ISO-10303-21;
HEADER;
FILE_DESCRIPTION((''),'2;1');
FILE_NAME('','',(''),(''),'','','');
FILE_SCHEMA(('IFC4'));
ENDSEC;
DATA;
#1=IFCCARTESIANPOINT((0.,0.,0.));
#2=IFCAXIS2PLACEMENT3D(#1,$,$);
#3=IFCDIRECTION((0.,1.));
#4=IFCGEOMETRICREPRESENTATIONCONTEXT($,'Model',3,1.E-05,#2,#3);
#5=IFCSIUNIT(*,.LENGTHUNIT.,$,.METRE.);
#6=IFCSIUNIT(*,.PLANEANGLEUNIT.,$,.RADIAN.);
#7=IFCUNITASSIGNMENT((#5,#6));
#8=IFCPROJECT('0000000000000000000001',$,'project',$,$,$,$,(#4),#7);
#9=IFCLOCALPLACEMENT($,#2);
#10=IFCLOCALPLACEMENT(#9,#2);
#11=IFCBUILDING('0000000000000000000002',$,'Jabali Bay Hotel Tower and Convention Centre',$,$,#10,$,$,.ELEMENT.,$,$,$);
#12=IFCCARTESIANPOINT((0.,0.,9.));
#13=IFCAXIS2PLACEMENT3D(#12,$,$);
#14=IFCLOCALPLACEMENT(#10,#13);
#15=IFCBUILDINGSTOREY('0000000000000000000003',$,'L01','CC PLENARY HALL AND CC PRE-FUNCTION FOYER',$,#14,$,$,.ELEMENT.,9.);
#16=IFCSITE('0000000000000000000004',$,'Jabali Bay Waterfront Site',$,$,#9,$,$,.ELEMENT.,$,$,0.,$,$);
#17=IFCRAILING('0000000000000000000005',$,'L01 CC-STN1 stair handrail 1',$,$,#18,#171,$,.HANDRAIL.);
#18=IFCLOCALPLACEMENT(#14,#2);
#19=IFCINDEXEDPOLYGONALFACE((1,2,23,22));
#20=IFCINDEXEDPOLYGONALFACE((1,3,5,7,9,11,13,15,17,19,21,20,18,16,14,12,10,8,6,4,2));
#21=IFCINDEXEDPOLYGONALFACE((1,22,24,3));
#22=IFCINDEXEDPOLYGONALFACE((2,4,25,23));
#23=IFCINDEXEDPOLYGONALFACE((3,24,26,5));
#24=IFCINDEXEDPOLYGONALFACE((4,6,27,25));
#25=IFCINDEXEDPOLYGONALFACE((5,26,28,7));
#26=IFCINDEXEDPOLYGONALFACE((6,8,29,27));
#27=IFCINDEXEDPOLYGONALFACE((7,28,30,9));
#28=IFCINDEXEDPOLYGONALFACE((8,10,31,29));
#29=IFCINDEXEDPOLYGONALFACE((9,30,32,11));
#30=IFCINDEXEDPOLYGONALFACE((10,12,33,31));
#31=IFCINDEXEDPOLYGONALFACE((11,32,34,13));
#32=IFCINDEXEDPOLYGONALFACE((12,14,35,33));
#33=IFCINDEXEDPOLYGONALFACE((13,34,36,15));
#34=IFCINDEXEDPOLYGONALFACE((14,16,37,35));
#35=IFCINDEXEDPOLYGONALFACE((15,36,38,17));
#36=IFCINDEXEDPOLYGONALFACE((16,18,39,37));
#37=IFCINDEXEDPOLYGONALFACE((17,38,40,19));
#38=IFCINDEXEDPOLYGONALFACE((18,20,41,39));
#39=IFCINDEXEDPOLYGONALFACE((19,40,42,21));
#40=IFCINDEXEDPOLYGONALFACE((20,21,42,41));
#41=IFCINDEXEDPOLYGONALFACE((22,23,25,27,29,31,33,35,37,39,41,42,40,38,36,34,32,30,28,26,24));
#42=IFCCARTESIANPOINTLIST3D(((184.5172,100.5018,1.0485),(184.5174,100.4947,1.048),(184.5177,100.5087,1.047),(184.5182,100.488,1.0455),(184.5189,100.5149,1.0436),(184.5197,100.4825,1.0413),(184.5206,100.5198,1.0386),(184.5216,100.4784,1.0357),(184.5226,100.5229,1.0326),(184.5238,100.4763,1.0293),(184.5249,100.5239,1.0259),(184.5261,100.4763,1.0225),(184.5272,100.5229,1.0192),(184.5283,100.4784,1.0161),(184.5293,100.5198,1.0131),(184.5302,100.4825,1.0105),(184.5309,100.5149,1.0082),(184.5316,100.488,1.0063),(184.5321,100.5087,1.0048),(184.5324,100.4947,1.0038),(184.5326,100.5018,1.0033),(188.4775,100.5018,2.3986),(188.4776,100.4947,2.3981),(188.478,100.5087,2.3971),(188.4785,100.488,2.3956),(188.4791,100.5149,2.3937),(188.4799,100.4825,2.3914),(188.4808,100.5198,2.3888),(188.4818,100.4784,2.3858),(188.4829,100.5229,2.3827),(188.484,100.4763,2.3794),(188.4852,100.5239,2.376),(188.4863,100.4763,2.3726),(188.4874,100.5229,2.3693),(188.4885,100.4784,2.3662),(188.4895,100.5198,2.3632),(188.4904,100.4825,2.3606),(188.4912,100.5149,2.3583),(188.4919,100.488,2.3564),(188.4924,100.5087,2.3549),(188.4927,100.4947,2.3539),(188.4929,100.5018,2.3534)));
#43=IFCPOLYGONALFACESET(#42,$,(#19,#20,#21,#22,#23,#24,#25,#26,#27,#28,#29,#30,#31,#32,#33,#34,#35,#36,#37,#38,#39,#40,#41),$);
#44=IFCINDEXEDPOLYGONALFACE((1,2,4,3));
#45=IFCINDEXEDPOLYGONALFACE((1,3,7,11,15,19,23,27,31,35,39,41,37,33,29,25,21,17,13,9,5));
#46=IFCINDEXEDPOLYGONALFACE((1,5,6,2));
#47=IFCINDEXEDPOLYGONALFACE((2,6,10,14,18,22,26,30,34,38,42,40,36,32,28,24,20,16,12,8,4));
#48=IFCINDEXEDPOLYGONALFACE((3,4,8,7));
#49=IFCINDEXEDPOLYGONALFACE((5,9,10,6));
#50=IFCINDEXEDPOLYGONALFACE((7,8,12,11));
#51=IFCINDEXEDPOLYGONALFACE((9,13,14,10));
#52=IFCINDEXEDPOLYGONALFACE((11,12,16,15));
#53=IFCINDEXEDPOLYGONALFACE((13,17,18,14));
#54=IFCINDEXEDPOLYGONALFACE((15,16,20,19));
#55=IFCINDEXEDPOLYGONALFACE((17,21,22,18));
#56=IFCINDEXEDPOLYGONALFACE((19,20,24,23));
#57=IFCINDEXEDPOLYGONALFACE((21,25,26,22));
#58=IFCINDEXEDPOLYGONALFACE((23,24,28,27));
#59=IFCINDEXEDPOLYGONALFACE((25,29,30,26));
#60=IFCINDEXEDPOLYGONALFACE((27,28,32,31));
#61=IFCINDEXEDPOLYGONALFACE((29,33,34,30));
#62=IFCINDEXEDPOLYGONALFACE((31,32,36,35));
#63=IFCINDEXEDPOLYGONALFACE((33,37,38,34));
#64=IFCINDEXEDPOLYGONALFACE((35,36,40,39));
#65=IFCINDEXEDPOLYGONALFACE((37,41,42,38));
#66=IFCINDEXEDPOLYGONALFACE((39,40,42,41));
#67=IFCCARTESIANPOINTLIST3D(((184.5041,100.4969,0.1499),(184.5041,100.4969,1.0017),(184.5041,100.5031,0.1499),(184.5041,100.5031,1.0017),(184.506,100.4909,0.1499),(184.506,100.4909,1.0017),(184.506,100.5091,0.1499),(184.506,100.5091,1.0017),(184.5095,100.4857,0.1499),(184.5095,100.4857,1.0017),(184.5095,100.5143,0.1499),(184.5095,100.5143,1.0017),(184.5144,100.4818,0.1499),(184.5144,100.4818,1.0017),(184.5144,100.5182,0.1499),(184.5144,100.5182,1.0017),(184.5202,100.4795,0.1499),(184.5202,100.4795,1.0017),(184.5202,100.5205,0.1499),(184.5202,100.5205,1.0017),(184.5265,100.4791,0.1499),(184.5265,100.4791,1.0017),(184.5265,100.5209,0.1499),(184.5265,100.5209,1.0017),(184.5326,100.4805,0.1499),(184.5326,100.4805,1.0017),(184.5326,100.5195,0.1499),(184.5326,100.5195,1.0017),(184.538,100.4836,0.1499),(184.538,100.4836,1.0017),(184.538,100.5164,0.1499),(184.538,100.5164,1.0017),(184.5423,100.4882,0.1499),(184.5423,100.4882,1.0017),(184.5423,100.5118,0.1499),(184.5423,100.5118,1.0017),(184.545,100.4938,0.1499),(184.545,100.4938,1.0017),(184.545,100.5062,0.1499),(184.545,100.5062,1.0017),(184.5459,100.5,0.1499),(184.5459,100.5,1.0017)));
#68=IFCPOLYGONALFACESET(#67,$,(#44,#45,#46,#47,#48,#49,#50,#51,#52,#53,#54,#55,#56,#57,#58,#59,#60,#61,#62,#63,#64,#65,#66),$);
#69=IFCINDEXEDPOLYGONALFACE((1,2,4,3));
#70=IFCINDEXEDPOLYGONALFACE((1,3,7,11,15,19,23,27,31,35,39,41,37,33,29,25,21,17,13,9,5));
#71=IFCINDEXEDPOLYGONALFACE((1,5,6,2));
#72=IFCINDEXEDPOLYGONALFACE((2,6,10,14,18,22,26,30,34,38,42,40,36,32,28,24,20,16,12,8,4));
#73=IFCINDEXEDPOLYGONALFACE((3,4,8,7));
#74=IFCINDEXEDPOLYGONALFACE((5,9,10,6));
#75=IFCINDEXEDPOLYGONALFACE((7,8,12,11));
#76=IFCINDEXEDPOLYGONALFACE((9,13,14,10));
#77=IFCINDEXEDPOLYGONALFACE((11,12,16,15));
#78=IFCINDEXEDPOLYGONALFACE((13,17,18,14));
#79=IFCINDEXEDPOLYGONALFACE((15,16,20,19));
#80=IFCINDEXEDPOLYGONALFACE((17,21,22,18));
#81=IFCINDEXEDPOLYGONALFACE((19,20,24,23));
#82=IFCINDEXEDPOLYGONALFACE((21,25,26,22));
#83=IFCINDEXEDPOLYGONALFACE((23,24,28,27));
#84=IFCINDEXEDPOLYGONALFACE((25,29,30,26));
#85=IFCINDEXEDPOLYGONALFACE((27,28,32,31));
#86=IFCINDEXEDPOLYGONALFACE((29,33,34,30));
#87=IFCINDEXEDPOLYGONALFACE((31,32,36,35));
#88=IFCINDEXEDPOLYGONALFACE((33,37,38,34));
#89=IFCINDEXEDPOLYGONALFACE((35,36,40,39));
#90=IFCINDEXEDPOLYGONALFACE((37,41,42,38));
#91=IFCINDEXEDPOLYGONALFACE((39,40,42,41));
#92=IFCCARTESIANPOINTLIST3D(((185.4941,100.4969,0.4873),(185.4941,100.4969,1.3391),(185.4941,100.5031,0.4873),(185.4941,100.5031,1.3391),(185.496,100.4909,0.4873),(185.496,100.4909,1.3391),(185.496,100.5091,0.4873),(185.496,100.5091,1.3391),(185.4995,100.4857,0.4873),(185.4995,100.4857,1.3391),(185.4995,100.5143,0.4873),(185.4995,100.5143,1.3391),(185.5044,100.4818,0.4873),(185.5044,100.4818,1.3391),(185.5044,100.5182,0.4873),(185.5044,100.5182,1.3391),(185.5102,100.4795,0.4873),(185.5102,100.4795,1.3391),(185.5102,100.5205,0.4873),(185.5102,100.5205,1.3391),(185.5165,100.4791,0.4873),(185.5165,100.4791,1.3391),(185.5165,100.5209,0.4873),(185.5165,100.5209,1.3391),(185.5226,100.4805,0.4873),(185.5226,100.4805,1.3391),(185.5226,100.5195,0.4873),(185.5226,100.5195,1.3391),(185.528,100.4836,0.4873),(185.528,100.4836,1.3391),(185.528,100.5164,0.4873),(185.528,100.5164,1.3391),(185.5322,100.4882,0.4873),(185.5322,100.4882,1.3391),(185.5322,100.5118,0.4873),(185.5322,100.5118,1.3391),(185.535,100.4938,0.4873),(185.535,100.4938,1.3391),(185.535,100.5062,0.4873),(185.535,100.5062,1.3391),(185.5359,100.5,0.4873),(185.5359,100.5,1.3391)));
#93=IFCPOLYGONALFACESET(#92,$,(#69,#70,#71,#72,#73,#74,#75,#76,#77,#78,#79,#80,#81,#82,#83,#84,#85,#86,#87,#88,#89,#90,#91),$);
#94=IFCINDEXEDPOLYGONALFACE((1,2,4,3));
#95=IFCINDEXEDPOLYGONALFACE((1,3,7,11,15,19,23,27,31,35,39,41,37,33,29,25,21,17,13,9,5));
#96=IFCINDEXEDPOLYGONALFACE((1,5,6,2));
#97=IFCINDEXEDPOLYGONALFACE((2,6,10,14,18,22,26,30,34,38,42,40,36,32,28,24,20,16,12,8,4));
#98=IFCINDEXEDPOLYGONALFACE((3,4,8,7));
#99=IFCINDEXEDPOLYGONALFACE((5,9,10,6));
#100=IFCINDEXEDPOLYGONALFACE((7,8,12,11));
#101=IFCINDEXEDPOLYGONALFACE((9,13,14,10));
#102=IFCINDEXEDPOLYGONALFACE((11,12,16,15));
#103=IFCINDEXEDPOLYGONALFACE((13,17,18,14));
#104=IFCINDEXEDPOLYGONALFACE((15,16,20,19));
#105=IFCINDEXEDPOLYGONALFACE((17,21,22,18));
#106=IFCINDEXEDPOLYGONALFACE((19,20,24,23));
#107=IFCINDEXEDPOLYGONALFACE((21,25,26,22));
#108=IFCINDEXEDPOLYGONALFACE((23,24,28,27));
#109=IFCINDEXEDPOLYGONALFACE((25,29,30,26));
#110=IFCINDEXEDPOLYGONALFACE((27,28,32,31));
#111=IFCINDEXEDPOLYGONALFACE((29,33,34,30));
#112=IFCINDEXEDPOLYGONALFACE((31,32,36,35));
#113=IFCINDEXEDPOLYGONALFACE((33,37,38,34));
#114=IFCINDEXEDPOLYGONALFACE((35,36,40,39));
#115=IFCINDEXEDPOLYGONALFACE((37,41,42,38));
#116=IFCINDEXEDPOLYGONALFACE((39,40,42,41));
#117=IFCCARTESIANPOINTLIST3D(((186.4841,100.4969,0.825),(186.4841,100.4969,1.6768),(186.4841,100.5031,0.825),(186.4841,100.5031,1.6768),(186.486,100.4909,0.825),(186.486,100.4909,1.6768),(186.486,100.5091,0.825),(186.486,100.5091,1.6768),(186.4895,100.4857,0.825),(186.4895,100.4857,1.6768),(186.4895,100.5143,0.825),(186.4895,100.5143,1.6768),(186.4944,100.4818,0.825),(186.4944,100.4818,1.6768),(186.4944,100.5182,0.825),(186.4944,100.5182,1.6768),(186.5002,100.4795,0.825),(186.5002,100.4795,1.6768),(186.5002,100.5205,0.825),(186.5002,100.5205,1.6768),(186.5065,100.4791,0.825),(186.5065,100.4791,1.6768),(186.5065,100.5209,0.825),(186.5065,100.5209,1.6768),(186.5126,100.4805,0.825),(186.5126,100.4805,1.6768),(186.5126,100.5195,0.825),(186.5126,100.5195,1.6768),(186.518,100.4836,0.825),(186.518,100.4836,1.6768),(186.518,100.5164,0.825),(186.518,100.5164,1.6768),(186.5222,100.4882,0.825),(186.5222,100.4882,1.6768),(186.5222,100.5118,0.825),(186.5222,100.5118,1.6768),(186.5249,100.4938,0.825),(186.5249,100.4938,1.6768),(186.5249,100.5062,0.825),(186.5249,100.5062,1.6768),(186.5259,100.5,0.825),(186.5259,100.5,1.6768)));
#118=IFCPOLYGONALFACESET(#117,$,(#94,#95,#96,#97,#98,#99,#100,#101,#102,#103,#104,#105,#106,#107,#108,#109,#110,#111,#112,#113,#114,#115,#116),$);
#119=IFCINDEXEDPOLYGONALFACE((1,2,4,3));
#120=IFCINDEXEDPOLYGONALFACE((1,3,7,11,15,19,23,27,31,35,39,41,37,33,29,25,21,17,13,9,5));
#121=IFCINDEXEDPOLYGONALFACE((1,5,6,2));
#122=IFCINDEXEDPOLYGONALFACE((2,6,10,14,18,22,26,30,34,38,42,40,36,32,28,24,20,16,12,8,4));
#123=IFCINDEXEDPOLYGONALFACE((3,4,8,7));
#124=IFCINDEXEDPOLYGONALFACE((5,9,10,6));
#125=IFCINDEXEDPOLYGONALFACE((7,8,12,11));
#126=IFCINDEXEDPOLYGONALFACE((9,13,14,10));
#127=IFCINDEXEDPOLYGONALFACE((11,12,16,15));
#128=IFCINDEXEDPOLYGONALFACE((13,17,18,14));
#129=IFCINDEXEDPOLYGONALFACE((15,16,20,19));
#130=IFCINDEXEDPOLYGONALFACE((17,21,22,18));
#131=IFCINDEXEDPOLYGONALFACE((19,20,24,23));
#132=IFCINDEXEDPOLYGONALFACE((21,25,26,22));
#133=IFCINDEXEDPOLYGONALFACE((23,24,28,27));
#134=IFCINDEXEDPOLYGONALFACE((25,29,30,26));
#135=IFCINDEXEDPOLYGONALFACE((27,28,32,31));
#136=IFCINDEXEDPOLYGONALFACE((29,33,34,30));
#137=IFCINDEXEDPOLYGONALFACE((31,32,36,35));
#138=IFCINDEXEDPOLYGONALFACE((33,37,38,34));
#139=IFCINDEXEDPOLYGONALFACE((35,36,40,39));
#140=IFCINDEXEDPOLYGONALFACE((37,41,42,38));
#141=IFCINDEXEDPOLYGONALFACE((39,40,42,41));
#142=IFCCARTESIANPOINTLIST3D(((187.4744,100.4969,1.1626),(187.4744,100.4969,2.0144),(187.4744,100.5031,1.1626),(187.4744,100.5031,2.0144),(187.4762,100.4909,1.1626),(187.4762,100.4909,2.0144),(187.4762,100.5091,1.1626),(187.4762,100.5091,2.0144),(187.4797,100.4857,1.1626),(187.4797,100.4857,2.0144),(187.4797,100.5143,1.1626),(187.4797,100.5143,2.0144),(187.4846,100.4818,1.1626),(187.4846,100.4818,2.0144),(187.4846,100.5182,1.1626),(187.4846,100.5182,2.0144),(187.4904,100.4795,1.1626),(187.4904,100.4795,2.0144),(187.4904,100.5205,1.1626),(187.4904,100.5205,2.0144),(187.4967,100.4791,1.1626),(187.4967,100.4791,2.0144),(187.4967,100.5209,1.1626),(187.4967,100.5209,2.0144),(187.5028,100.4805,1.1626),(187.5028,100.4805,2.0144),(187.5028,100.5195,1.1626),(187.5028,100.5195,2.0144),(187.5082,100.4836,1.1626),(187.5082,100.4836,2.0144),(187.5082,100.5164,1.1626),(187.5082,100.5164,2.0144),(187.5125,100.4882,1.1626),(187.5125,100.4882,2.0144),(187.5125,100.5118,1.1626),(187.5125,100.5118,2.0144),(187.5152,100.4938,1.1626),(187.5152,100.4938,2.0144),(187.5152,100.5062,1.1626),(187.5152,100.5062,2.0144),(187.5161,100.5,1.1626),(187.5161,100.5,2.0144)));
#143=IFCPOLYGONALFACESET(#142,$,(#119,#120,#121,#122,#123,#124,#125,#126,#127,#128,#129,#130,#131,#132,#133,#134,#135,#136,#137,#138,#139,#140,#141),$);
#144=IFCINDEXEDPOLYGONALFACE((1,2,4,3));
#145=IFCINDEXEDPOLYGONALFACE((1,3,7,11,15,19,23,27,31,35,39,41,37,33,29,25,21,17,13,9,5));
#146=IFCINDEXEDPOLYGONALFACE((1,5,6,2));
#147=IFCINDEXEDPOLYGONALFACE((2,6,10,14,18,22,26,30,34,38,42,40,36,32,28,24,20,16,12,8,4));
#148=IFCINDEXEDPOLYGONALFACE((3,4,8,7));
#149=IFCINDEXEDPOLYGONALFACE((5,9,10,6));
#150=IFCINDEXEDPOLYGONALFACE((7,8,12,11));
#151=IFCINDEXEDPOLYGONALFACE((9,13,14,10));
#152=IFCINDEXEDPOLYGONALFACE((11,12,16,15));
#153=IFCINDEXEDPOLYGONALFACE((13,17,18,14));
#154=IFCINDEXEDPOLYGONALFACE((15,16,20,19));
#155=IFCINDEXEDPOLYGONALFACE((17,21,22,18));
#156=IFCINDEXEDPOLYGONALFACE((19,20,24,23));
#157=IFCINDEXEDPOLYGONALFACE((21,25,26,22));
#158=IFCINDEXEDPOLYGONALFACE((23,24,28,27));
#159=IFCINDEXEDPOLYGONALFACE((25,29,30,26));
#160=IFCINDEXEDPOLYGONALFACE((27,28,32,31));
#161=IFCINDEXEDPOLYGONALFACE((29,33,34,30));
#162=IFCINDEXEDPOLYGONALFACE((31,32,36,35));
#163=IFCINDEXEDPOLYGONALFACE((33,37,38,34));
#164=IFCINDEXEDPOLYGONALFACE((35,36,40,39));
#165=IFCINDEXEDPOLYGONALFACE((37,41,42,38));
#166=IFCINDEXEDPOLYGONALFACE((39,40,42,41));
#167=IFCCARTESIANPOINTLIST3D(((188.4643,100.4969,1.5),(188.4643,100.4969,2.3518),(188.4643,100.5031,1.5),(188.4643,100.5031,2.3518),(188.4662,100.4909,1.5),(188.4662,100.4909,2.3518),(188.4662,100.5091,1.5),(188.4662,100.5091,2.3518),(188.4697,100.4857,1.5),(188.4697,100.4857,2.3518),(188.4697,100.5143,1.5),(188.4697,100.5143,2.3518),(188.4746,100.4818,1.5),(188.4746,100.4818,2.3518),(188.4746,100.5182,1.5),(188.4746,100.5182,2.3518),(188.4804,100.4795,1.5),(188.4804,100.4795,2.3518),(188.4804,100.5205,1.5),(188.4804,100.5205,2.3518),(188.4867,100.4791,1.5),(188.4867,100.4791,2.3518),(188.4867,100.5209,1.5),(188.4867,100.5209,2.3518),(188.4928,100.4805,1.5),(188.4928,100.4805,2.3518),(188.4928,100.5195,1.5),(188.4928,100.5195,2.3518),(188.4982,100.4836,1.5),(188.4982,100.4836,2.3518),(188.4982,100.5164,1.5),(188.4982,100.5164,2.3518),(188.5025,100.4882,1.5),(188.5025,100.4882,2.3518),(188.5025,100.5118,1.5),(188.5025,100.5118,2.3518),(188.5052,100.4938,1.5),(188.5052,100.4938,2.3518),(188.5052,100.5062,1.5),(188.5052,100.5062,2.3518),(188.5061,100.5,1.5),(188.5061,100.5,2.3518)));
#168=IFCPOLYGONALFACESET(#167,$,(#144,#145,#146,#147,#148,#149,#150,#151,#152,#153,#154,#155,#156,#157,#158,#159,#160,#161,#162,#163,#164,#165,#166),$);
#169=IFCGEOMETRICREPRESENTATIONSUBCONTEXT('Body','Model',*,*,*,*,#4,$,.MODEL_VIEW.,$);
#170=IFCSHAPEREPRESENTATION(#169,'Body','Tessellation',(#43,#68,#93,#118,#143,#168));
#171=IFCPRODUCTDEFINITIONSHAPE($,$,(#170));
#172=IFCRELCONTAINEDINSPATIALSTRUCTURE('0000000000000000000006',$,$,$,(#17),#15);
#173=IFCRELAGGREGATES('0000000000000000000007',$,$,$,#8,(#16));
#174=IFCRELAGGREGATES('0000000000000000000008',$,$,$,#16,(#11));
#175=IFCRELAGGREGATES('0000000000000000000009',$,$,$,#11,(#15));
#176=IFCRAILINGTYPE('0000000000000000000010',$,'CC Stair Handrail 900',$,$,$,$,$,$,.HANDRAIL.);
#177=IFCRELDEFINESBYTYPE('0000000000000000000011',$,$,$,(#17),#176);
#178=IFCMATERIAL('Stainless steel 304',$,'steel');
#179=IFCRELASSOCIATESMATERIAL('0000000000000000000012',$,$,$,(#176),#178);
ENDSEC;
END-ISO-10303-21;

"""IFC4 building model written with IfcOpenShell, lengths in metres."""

from ifc_helpers import new_model, si_unit, direction, frame, origin, origin_2d, place, context, subcontext, project, spatial, circle, extrude, material, type_object, element, save


model = new_model("IFC4")

# Units and contexts
model_context = context("Model", 3, precision=1e-05, world=origin(), true_north=direction((0.0, 1.0)))
body_context = subcontext(model_context, "Body", "Model", "MODEL_VIEW")
ifc_project = project(units=[si_unit("LENGTHUNIT", "METRE"), si_unit("PLANEANGLEUNIT", "RADIAN")], contexts=[model_context])

# Site, building, storey
site_placement = place(None, origin())
site = spatial("IfcSite", under=ifc_project, at=site_placement, Name="Jabali Bay Waterfront Site", CompositionType="ELEMENT", RefElevation=0.0)
building_placement = place(site_placement, origin())
building = spatial("IfcBuilding", under=site, at=building_placement, Name="Jabali Bay Hotel Tower and Convention Centre", CompositionType="ELEMENT")
storey_placement = place(building_placement, frame((0.0, 0.0, 9.0)))
storey = spatial("IfcBuildingStorey", under=building, at=storey_placement, Name="L01", Description="CC PLENARY HALL AND CC PRE-FUNCTION FOYER", CompositionType="ELEMENT", Elevation=9.0)

# Railing
ifc_material_1 = material(Name="Stainless steel 304", Category="steel")
railing_type_1 = type_object("IfcRailingType", Name="CC Stair Handrail 900", PredefinedType="HANDRAIL", material=ifc_material_1)
for number, where, name in (
    (1, (184.5249, 100.5, 0.1499), "L01 CC-STN1 stair handrail 1"),
):
    element("IfcRailing", number, at=place(storey_placement, frame(where)), inside=storey, type_object=railing_type_1, Name=name, PredefinedType="HANDRAIL", context=body_context, shape_type="SweptSolid", body=[
        extrude(circle(Radius=0.0239, at=origin_2d()), frame((0.0, 0.0, 0.876), z_axis=(0.946508, 0.0, 0.32268), x_axis=(0.0, 1.0, 0.0)), (0.0, 0.0, 1.0), 4.1841),
        extrude(circle(Radius=0.021, at=origin_2d()), origin(), (0.0, 0.0, 1.0), 0.8518),
        extrude(circle(Radius=0.021, at=origin_2d()), frame((0.99, 0.0, 0.3374)), (0.0, 0.0, 1.0), 0.8518),
        extrude(circle(Radius=0.021, at=origin_2d()), frame((1.98, 0.0, 0.675)), (0.0, 0.0, 1.0), 0.8518),
        extrude(circle(Radius=0.021, at=origin_2d()), frame((2.9702, 0.0, 1.0127)), (0.0, 0.0, 1.0), 0.8518),
        extrude(circle(Radius=0.021, at=origin_2d()), frame((3.9602, 0.0, 1.3501)), (0.0, 0.0, 1.0), 0.8518),
    ])

save(model, "model.ifc")
